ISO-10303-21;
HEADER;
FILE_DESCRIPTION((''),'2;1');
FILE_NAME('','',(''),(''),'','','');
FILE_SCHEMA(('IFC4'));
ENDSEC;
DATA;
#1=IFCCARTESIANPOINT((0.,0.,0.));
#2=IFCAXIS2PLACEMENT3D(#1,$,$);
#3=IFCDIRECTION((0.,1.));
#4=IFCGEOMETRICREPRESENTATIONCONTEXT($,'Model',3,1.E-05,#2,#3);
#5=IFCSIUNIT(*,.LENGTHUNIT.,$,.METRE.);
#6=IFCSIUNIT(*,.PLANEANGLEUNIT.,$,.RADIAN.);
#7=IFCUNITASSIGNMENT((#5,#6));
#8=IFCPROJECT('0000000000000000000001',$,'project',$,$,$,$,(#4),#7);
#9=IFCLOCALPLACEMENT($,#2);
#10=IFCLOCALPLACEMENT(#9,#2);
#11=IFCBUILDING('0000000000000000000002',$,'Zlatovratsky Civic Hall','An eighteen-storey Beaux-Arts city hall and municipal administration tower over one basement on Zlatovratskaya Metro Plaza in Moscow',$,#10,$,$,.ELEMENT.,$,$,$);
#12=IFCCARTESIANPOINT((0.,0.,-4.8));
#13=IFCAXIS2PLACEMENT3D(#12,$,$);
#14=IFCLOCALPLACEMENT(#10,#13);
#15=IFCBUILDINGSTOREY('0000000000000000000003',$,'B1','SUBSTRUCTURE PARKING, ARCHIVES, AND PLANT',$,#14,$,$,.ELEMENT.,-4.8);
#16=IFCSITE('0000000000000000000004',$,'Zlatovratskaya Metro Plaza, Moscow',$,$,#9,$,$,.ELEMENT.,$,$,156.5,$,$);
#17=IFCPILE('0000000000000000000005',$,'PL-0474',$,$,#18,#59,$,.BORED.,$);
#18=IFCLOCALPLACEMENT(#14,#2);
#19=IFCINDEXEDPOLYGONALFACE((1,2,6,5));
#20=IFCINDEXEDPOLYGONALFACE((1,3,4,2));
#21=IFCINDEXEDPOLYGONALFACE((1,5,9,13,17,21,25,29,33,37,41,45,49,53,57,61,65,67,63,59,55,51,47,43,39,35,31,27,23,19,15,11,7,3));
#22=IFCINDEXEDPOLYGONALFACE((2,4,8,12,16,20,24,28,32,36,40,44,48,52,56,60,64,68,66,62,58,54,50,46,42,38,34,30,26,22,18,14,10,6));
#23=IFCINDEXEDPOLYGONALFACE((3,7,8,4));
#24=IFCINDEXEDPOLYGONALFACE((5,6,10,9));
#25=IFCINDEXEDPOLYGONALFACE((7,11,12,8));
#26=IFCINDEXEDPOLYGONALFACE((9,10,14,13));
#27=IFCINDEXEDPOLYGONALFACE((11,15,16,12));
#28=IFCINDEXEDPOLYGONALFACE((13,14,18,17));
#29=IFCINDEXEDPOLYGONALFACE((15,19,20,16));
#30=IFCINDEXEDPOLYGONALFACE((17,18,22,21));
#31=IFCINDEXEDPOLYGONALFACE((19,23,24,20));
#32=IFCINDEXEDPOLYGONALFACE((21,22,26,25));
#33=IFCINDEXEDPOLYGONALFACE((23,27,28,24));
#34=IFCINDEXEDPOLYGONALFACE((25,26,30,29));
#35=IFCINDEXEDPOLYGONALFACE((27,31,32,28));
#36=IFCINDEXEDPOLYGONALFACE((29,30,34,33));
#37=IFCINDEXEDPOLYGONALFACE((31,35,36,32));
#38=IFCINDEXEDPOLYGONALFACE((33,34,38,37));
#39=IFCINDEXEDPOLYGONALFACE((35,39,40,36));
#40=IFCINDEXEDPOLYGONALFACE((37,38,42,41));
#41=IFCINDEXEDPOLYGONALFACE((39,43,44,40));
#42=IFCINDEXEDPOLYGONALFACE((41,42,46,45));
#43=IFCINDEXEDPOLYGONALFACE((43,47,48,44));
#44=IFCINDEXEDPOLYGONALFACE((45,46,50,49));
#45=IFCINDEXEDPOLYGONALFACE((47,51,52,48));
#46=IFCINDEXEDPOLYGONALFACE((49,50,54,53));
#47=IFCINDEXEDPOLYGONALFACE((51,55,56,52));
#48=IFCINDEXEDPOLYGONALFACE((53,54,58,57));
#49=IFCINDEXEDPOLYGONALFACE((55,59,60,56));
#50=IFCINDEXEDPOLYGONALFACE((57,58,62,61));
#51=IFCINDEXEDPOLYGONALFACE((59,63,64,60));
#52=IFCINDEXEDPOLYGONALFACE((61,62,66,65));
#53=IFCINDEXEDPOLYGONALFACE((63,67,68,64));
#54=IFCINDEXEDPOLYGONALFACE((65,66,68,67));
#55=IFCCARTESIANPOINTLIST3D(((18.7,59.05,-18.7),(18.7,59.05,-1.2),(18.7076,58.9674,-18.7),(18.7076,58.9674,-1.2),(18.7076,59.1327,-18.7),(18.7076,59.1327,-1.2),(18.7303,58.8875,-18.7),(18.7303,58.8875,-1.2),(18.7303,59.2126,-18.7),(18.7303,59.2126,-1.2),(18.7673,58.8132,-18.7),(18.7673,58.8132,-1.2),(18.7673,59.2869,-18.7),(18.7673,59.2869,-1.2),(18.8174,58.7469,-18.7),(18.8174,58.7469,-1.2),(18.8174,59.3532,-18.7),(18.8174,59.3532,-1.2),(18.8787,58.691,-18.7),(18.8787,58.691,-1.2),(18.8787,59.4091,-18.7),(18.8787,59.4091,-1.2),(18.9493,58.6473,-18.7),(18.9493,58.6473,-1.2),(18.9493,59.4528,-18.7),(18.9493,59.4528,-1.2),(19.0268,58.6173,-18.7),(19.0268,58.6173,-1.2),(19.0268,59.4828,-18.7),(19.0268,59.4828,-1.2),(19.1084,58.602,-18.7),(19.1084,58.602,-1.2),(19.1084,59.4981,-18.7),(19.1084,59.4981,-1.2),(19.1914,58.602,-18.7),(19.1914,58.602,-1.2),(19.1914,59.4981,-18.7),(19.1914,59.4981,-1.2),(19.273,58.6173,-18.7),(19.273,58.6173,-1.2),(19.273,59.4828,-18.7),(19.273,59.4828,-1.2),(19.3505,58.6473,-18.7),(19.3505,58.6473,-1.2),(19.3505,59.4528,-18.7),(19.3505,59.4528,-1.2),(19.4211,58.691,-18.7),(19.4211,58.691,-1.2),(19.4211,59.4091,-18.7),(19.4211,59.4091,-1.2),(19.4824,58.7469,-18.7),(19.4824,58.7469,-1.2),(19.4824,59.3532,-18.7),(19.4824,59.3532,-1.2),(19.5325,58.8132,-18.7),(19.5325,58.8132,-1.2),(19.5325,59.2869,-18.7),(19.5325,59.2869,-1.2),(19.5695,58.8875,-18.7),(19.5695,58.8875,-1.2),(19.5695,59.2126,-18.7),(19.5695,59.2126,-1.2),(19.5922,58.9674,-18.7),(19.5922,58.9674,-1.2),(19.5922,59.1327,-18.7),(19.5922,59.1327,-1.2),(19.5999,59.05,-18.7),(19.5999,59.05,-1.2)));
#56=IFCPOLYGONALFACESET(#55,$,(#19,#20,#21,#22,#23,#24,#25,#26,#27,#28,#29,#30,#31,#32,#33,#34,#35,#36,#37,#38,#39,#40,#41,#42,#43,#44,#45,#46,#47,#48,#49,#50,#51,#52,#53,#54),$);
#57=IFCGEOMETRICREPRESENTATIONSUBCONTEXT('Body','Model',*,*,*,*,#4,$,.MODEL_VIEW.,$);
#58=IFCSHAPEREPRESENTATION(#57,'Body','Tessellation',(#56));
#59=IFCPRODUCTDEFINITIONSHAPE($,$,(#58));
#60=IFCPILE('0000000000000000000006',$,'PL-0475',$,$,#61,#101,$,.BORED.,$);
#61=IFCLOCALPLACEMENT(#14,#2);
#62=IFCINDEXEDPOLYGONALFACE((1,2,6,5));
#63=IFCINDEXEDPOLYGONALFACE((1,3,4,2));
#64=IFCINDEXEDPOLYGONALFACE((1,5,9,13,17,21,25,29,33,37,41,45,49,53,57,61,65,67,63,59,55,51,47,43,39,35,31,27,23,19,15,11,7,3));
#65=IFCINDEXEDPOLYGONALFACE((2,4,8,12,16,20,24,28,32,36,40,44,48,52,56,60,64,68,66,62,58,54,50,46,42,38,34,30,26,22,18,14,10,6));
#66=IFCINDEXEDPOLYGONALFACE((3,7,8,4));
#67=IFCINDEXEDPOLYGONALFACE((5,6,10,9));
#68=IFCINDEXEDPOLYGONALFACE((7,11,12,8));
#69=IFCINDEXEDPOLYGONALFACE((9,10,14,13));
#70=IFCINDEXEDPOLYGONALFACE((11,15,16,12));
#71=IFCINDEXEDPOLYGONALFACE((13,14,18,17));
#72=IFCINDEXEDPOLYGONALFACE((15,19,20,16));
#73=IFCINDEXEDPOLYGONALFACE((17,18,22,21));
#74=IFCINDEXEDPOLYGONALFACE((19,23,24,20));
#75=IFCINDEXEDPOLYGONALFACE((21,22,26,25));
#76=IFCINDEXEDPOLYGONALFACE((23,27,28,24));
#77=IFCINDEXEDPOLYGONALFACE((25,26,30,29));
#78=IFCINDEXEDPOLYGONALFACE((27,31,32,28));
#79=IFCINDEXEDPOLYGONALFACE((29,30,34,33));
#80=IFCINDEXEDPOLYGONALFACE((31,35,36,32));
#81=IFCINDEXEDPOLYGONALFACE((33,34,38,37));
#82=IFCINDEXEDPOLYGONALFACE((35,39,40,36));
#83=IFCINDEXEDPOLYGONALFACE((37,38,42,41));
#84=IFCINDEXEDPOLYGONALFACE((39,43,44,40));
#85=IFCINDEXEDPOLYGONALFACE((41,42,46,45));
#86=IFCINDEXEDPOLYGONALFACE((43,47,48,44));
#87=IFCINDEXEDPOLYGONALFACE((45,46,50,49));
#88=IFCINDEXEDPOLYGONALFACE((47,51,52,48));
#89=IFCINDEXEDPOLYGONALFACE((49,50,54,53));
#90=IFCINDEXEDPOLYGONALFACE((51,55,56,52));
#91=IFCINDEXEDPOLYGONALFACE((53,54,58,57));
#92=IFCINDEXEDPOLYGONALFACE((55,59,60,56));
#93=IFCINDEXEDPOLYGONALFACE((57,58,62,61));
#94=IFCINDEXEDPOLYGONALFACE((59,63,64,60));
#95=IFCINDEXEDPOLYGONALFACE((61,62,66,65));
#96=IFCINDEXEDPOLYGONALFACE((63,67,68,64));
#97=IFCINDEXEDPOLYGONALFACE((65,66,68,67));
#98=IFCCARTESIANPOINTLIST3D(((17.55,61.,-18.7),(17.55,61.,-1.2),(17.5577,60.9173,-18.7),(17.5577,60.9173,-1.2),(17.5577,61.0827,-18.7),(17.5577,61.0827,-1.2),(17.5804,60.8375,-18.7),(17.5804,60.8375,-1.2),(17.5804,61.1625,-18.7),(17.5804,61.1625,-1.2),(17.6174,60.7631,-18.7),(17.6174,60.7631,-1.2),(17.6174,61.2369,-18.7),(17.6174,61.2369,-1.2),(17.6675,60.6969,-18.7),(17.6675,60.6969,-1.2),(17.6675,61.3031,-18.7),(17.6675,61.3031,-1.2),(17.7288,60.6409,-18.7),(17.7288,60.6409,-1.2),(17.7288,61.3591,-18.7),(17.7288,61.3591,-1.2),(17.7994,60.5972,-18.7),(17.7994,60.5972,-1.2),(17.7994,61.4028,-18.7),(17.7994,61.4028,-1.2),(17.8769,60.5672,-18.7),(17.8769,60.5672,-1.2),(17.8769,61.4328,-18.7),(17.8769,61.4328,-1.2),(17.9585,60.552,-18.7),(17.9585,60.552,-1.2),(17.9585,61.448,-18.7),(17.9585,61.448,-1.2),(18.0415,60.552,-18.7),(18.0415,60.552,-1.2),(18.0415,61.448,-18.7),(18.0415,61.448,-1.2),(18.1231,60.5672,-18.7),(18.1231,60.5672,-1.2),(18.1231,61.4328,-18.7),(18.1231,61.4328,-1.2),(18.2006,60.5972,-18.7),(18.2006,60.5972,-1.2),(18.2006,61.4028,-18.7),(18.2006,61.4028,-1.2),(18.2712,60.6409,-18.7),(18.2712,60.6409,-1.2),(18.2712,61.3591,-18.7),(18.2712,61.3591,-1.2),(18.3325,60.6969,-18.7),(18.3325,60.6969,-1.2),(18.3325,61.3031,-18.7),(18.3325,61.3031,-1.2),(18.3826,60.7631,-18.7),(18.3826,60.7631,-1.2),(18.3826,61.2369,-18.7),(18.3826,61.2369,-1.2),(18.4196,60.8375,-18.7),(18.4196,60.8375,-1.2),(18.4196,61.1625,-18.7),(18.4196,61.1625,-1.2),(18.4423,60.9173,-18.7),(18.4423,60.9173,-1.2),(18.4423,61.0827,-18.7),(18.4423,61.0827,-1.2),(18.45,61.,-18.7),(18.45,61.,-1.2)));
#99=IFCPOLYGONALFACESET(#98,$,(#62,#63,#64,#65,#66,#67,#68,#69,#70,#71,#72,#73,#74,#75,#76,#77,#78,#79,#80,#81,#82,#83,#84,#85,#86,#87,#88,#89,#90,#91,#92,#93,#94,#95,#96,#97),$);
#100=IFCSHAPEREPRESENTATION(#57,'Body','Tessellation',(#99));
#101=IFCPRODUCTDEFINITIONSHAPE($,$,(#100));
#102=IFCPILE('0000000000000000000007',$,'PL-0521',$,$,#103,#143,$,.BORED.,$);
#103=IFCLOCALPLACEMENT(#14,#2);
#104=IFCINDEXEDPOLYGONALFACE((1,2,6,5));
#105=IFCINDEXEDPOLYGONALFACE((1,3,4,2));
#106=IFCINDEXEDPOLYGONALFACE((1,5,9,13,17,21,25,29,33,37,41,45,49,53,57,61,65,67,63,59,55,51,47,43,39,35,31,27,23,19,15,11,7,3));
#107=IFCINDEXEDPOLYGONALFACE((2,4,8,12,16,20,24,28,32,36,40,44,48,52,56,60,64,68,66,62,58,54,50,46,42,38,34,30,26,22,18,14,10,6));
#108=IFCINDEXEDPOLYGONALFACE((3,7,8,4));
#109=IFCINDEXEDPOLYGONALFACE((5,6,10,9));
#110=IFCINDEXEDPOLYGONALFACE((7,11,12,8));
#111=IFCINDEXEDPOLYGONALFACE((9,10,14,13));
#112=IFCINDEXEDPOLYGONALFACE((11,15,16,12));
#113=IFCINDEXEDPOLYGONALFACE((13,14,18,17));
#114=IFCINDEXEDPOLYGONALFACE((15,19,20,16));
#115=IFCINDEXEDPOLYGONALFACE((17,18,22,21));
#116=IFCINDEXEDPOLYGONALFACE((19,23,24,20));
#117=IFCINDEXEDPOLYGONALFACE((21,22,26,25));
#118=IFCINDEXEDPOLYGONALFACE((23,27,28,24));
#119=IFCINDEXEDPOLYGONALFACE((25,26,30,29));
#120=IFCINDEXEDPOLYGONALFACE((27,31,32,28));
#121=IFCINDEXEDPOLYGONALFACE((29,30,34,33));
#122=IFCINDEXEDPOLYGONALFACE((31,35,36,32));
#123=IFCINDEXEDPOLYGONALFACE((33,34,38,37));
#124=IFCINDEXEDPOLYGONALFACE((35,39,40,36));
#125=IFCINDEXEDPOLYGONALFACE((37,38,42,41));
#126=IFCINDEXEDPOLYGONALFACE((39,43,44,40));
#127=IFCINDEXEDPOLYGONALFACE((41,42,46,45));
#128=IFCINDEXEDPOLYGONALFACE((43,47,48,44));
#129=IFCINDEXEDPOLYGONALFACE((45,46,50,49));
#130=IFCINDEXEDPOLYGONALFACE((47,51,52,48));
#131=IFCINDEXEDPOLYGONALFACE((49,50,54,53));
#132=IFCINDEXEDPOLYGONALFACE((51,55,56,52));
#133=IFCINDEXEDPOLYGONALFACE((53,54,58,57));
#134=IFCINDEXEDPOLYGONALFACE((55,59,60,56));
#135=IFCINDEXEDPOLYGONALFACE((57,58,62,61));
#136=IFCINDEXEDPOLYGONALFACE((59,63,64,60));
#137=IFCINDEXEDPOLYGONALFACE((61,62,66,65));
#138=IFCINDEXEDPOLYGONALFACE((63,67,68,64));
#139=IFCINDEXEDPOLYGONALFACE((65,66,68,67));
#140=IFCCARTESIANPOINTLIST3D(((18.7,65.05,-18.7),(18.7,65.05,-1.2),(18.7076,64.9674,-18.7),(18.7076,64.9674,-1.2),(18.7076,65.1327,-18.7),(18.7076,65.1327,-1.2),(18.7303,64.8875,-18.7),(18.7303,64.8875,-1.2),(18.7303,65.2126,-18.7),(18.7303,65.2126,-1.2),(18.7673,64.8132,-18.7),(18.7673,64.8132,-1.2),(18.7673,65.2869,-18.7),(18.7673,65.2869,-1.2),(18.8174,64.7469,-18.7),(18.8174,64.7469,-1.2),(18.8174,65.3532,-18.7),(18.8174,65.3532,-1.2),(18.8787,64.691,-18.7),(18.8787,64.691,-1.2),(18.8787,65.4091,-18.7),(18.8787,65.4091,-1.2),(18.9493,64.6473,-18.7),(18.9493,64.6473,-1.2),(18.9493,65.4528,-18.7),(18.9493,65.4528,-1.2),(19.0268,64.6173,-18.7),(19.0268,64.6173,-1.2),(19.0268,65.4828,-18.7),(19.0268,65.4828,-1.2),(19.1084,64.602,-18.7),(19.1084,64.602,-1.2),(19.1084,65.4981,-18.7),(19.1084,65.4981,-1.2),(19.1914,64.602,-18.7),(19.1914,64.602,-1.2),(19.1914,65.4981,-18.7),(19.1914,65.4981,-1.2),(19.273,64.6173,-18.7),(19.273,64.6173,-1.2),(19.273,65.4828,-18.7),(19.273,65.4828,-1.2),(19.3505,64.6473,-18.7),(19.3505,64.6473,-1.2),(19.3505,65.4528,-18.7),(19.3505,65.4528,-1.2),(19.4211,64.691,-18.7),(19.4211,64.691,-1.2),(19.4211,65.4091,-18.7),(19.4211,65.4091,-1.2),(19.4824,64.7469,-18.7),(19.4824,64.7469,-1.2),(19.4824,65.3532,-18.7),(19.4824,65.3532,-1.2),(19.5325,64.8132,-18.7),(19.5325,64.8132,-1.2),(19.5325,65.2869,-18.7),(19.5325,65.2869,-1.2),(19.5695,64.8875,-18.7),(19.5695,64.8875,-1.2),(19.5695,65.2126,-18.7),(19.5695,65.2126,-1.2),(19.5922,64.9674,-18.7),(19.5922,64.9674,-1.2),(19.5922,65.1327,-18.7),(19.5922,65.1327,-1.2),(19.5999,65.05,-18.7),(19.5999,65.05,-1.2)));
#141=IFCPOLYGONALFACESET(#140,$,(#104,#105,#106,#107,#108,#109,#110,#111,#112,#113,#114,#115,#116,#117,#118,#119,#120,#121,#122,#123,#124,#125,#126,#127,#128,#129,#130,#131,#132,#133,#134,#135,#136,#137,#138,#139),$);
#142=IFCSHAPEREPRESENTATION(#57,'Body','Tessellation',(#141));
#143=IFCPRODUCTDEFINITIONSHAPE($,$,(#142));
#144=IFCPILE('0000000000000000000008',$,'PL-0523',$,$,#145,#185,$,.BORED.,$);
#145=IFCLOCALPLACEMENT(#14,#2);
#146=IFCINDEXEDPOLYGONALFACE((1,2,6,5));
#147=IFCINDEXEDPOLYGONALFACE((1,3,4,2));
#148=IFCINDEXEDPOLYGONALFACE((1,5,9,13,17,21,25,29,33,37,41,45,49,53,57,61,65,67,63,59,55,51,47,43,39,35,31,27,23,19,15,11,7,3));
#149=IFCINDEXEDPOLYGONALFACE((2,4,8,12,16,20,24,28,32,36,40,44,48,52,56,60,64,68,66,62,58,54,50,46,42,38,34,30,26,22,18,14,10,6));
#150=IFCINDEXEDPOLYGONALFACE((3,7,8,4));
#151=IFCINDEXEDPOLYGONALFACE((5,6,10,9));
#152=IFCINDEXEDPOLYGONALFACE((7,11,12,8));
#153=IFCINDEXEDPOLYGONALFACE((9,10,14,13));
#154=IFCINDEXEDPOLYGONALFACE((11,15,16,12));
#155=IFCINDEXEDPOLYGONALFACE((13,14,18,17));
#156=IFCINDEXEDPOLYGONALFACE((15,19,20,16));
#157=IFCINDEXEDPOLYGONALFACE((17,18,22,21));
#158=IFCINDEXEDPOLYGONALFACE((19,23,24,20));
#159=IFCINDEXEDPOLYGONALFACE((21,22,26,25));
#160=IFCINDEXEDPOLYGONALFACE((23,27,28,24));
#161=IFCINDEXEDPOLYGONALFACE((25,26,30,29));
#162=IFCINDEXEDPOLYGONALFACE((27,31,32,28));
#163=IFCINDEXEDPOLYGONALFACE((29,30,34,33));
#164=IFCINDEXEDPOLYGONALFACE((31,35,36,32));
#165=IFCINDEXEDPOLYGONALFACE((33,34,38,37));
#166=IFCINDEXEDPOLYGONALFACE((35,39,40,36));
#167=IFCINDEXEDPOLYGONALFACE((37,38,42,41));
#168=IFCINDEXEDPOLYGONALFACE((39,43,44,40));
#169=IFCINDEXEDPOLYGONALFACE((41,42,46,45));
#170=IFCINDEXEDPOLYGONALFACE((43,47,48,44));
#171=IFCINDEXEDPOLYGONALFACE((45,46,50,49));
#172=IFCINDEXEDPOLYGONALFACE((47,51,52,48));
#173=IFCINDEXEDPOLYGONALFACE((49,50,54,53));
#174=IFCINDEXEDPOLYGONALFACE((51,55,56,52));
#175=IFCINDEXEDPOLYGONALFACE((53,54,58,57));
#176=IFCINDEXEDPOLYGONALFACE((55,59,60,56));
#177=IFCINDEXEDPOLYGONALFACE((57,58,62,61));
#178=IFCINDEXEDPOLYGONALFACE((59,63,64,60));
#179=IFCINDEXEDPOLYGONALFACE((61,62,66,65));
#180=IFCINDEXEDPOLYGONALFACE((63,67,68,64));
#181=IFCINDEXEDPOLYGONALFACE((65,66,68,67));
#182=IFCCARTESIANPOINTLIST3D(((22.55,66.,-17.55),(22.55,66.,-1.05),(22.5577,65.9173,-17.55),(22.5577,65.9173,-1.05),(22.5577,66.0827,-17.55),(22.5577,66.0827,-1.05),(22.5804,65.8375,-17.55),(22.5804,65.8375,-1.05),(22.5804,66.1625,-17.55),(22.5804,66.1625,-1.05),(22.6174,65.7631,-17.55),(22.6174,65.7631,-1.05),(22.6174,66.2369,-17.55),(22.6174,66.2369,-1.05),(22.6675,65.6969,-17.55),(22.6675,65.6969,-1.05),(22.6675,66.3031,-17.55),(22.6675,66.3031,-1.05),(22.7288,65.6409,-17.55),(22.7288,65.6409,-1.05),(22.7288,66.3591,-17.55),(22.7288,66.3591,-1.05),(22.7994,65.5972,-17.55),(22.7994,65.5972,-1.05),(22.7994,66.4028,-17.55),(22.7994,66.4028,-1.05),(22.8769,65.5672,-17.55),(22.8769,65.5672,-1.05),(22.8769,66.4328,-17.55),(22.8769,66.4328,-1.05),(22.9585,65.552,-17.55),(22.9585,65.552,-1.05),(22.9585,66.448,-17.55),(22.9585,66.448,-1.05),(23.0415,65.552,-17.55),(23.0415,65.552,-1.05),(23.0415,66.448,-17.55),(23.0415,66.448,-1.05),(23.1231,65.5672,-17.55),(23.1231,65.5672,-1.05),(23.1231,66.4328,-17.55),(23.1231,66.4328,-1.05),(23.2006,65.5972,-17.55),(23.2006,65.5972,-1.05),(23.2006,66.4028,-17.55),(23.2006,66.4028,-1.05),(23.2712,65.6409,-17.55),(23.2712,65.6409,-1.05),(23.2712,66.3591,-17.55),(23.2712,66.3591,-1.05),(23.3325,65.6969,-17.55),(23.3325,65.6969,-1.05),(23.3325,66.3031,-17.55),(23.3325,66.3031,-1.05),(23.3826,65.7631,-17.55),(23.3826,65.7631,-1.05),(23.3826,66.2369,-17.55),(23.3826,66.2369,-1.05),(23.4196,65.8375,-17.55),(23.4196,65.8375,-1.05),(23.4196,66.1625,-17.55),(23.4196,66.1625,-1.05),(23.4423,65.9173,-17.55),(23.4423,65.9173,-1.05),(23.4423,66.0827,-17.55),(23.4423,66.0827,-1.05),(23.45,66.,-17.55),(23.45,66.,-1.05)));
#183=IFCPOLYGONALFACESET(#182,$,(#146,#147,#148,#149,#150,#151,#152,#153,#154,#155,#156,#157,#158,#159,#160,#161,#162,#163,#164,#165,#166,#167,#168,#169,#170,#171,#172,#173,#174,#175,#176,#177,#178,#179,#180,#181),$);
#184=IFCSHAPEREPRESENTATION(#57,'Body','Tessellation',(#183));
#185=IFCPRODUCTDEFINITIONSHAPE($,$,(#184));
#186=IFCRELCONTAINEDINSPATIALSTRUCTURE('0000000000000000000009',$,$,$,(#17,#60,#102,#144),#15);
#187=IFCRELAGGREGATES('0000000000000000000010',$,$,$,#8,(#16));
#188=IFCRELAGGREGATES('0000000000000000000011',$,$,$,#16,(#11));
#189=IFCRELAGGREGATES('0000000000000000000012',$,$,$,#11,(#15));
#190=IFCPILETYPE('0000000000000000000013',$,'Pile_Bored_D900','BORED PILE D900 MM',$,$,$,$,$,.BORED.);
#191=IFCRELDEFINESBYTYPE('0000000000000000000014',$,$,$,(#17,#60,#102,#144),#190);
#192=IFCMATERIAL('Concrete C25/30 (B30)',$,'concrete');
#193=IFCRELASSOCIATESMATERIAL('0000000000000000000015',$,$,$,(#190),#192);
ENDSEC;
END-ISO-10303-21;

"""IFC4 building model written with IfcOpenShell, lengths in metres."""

from ifc_helpers import new_model, si_unit, direction, frame, origin, origin_2d, place, context, subcontext, project, spatial, circle, extrude, material, material_profile, profile_set, type_object, element, save


model = new_model("IFC4")

# Units and contexts
model_context = context("Model", 3, precision=1e-05, world=origin(), true_north=direction((0.0, 1.0)))
body_context = subcontext(model_context, "Body", "Model", "MODEL_VIEW")
ifc_project = project(units=[si_unit("LENGTHUNIT", "METRE"), si_unit("PLANEANGLEUNIT", "RADIAN")], contexts=[model_context])

# Site, building, storey
site_placement = place(None, origin())
site = spatial("IfcSite", under=ifc_project, at=site_placement, Name="Zlatovratskaya Metro Plaza, Moscow", CompositionType="ELEMENT", RefElevation=156.5)
building_placement = place(site_placement, origin())
building = spatial("IfcBuilding", under=site, at=building_placement, Name="Zlatovratsky Civic Hall", Description="An eighteen-storey Beaux-Arts city hall and municipal administration tower over one basement on Zlatovratskaya Metro Plaza in Moscow", CompositionType="ELEMENT")
storey_placement = place(building_placement, frame((0.0, 0.0, -4.8)))
storey = spatial("IfcBuildingStorey", under=building, at=storey_placement, Name="B1", Description="SUBSTRUCTURE PARKING, ARCHIVES, AND PLANT", CompositionType="ELEMENT", Elevation=-4.8)

# Shared definitions
ifc_material_1 = material(Name="Concrete C25/30 (B30)", Category="concrete")

# Piles
ifc_material_profile_1 = material_profile(ifc_material_1, circle(Radius=0.45, at=origin_2d()), Name="PILE D900")
ifc_profile_set_1 = profile_set([ifc_material_profile_1], Name="Concrete C25/30 (B30)")
pile_type_1 = type_object("IfcPileType", Name="Pile_Bored_D900", Description="BORED PILE D900 MM", PredefinedType="BORED", material=ifc_profile_set_1)
for number, where, z_axis, x_axis, name in (
    (1, (19.1499, 59.05, -1.2), (0.0, 0.0, -1.0), (1.0, 0.0, 0.0), "PL-0474"),
    (2, (18.0, 61.0, -1.2), (0.0, 0.0, -1.0), (1.0, 0.0, 0.0), "PL-0475"),
    (3, (19.1499, 65.05, -1.2), (0.0, 0.0, -1.0), (1.0, 0.0, 0.0), "PL-0521"),
):
    element("IfcPile", number, at=place(storey_placement, frame(where, z_axis=z_axis, x_axis=x_axis)), inside=storey, type_object=pile_type_1, Name=name, PredefinedType="BORED", context=body_context, shape_type="SweptSolid", body=[
        extrude(circle(Radius=0.45, at=origin_2d()), origin(), (0.0, 0.0, 1.0), 17.5),
    ])
pile_1_placement = place(storey_placement, frame((23.0, 66.0, -1.05), z_axis=(0.0, 0.0, -1.0), x_axis=(1.0, 0.0, 0.0)))
element("IfcPile", 4, at=pile_1_placement, inside=storey, type_object=pile_type_1, Name="PL-0523", PredefinedType="BORED", context=body_context, shape_type="SweptSolid", body=[
    extrude(circle(Radius=0.45, at=origin_2d()), origin(), (0.0, 0.0, 1.0), 16.5),
])

save(model, "model.ifc")
